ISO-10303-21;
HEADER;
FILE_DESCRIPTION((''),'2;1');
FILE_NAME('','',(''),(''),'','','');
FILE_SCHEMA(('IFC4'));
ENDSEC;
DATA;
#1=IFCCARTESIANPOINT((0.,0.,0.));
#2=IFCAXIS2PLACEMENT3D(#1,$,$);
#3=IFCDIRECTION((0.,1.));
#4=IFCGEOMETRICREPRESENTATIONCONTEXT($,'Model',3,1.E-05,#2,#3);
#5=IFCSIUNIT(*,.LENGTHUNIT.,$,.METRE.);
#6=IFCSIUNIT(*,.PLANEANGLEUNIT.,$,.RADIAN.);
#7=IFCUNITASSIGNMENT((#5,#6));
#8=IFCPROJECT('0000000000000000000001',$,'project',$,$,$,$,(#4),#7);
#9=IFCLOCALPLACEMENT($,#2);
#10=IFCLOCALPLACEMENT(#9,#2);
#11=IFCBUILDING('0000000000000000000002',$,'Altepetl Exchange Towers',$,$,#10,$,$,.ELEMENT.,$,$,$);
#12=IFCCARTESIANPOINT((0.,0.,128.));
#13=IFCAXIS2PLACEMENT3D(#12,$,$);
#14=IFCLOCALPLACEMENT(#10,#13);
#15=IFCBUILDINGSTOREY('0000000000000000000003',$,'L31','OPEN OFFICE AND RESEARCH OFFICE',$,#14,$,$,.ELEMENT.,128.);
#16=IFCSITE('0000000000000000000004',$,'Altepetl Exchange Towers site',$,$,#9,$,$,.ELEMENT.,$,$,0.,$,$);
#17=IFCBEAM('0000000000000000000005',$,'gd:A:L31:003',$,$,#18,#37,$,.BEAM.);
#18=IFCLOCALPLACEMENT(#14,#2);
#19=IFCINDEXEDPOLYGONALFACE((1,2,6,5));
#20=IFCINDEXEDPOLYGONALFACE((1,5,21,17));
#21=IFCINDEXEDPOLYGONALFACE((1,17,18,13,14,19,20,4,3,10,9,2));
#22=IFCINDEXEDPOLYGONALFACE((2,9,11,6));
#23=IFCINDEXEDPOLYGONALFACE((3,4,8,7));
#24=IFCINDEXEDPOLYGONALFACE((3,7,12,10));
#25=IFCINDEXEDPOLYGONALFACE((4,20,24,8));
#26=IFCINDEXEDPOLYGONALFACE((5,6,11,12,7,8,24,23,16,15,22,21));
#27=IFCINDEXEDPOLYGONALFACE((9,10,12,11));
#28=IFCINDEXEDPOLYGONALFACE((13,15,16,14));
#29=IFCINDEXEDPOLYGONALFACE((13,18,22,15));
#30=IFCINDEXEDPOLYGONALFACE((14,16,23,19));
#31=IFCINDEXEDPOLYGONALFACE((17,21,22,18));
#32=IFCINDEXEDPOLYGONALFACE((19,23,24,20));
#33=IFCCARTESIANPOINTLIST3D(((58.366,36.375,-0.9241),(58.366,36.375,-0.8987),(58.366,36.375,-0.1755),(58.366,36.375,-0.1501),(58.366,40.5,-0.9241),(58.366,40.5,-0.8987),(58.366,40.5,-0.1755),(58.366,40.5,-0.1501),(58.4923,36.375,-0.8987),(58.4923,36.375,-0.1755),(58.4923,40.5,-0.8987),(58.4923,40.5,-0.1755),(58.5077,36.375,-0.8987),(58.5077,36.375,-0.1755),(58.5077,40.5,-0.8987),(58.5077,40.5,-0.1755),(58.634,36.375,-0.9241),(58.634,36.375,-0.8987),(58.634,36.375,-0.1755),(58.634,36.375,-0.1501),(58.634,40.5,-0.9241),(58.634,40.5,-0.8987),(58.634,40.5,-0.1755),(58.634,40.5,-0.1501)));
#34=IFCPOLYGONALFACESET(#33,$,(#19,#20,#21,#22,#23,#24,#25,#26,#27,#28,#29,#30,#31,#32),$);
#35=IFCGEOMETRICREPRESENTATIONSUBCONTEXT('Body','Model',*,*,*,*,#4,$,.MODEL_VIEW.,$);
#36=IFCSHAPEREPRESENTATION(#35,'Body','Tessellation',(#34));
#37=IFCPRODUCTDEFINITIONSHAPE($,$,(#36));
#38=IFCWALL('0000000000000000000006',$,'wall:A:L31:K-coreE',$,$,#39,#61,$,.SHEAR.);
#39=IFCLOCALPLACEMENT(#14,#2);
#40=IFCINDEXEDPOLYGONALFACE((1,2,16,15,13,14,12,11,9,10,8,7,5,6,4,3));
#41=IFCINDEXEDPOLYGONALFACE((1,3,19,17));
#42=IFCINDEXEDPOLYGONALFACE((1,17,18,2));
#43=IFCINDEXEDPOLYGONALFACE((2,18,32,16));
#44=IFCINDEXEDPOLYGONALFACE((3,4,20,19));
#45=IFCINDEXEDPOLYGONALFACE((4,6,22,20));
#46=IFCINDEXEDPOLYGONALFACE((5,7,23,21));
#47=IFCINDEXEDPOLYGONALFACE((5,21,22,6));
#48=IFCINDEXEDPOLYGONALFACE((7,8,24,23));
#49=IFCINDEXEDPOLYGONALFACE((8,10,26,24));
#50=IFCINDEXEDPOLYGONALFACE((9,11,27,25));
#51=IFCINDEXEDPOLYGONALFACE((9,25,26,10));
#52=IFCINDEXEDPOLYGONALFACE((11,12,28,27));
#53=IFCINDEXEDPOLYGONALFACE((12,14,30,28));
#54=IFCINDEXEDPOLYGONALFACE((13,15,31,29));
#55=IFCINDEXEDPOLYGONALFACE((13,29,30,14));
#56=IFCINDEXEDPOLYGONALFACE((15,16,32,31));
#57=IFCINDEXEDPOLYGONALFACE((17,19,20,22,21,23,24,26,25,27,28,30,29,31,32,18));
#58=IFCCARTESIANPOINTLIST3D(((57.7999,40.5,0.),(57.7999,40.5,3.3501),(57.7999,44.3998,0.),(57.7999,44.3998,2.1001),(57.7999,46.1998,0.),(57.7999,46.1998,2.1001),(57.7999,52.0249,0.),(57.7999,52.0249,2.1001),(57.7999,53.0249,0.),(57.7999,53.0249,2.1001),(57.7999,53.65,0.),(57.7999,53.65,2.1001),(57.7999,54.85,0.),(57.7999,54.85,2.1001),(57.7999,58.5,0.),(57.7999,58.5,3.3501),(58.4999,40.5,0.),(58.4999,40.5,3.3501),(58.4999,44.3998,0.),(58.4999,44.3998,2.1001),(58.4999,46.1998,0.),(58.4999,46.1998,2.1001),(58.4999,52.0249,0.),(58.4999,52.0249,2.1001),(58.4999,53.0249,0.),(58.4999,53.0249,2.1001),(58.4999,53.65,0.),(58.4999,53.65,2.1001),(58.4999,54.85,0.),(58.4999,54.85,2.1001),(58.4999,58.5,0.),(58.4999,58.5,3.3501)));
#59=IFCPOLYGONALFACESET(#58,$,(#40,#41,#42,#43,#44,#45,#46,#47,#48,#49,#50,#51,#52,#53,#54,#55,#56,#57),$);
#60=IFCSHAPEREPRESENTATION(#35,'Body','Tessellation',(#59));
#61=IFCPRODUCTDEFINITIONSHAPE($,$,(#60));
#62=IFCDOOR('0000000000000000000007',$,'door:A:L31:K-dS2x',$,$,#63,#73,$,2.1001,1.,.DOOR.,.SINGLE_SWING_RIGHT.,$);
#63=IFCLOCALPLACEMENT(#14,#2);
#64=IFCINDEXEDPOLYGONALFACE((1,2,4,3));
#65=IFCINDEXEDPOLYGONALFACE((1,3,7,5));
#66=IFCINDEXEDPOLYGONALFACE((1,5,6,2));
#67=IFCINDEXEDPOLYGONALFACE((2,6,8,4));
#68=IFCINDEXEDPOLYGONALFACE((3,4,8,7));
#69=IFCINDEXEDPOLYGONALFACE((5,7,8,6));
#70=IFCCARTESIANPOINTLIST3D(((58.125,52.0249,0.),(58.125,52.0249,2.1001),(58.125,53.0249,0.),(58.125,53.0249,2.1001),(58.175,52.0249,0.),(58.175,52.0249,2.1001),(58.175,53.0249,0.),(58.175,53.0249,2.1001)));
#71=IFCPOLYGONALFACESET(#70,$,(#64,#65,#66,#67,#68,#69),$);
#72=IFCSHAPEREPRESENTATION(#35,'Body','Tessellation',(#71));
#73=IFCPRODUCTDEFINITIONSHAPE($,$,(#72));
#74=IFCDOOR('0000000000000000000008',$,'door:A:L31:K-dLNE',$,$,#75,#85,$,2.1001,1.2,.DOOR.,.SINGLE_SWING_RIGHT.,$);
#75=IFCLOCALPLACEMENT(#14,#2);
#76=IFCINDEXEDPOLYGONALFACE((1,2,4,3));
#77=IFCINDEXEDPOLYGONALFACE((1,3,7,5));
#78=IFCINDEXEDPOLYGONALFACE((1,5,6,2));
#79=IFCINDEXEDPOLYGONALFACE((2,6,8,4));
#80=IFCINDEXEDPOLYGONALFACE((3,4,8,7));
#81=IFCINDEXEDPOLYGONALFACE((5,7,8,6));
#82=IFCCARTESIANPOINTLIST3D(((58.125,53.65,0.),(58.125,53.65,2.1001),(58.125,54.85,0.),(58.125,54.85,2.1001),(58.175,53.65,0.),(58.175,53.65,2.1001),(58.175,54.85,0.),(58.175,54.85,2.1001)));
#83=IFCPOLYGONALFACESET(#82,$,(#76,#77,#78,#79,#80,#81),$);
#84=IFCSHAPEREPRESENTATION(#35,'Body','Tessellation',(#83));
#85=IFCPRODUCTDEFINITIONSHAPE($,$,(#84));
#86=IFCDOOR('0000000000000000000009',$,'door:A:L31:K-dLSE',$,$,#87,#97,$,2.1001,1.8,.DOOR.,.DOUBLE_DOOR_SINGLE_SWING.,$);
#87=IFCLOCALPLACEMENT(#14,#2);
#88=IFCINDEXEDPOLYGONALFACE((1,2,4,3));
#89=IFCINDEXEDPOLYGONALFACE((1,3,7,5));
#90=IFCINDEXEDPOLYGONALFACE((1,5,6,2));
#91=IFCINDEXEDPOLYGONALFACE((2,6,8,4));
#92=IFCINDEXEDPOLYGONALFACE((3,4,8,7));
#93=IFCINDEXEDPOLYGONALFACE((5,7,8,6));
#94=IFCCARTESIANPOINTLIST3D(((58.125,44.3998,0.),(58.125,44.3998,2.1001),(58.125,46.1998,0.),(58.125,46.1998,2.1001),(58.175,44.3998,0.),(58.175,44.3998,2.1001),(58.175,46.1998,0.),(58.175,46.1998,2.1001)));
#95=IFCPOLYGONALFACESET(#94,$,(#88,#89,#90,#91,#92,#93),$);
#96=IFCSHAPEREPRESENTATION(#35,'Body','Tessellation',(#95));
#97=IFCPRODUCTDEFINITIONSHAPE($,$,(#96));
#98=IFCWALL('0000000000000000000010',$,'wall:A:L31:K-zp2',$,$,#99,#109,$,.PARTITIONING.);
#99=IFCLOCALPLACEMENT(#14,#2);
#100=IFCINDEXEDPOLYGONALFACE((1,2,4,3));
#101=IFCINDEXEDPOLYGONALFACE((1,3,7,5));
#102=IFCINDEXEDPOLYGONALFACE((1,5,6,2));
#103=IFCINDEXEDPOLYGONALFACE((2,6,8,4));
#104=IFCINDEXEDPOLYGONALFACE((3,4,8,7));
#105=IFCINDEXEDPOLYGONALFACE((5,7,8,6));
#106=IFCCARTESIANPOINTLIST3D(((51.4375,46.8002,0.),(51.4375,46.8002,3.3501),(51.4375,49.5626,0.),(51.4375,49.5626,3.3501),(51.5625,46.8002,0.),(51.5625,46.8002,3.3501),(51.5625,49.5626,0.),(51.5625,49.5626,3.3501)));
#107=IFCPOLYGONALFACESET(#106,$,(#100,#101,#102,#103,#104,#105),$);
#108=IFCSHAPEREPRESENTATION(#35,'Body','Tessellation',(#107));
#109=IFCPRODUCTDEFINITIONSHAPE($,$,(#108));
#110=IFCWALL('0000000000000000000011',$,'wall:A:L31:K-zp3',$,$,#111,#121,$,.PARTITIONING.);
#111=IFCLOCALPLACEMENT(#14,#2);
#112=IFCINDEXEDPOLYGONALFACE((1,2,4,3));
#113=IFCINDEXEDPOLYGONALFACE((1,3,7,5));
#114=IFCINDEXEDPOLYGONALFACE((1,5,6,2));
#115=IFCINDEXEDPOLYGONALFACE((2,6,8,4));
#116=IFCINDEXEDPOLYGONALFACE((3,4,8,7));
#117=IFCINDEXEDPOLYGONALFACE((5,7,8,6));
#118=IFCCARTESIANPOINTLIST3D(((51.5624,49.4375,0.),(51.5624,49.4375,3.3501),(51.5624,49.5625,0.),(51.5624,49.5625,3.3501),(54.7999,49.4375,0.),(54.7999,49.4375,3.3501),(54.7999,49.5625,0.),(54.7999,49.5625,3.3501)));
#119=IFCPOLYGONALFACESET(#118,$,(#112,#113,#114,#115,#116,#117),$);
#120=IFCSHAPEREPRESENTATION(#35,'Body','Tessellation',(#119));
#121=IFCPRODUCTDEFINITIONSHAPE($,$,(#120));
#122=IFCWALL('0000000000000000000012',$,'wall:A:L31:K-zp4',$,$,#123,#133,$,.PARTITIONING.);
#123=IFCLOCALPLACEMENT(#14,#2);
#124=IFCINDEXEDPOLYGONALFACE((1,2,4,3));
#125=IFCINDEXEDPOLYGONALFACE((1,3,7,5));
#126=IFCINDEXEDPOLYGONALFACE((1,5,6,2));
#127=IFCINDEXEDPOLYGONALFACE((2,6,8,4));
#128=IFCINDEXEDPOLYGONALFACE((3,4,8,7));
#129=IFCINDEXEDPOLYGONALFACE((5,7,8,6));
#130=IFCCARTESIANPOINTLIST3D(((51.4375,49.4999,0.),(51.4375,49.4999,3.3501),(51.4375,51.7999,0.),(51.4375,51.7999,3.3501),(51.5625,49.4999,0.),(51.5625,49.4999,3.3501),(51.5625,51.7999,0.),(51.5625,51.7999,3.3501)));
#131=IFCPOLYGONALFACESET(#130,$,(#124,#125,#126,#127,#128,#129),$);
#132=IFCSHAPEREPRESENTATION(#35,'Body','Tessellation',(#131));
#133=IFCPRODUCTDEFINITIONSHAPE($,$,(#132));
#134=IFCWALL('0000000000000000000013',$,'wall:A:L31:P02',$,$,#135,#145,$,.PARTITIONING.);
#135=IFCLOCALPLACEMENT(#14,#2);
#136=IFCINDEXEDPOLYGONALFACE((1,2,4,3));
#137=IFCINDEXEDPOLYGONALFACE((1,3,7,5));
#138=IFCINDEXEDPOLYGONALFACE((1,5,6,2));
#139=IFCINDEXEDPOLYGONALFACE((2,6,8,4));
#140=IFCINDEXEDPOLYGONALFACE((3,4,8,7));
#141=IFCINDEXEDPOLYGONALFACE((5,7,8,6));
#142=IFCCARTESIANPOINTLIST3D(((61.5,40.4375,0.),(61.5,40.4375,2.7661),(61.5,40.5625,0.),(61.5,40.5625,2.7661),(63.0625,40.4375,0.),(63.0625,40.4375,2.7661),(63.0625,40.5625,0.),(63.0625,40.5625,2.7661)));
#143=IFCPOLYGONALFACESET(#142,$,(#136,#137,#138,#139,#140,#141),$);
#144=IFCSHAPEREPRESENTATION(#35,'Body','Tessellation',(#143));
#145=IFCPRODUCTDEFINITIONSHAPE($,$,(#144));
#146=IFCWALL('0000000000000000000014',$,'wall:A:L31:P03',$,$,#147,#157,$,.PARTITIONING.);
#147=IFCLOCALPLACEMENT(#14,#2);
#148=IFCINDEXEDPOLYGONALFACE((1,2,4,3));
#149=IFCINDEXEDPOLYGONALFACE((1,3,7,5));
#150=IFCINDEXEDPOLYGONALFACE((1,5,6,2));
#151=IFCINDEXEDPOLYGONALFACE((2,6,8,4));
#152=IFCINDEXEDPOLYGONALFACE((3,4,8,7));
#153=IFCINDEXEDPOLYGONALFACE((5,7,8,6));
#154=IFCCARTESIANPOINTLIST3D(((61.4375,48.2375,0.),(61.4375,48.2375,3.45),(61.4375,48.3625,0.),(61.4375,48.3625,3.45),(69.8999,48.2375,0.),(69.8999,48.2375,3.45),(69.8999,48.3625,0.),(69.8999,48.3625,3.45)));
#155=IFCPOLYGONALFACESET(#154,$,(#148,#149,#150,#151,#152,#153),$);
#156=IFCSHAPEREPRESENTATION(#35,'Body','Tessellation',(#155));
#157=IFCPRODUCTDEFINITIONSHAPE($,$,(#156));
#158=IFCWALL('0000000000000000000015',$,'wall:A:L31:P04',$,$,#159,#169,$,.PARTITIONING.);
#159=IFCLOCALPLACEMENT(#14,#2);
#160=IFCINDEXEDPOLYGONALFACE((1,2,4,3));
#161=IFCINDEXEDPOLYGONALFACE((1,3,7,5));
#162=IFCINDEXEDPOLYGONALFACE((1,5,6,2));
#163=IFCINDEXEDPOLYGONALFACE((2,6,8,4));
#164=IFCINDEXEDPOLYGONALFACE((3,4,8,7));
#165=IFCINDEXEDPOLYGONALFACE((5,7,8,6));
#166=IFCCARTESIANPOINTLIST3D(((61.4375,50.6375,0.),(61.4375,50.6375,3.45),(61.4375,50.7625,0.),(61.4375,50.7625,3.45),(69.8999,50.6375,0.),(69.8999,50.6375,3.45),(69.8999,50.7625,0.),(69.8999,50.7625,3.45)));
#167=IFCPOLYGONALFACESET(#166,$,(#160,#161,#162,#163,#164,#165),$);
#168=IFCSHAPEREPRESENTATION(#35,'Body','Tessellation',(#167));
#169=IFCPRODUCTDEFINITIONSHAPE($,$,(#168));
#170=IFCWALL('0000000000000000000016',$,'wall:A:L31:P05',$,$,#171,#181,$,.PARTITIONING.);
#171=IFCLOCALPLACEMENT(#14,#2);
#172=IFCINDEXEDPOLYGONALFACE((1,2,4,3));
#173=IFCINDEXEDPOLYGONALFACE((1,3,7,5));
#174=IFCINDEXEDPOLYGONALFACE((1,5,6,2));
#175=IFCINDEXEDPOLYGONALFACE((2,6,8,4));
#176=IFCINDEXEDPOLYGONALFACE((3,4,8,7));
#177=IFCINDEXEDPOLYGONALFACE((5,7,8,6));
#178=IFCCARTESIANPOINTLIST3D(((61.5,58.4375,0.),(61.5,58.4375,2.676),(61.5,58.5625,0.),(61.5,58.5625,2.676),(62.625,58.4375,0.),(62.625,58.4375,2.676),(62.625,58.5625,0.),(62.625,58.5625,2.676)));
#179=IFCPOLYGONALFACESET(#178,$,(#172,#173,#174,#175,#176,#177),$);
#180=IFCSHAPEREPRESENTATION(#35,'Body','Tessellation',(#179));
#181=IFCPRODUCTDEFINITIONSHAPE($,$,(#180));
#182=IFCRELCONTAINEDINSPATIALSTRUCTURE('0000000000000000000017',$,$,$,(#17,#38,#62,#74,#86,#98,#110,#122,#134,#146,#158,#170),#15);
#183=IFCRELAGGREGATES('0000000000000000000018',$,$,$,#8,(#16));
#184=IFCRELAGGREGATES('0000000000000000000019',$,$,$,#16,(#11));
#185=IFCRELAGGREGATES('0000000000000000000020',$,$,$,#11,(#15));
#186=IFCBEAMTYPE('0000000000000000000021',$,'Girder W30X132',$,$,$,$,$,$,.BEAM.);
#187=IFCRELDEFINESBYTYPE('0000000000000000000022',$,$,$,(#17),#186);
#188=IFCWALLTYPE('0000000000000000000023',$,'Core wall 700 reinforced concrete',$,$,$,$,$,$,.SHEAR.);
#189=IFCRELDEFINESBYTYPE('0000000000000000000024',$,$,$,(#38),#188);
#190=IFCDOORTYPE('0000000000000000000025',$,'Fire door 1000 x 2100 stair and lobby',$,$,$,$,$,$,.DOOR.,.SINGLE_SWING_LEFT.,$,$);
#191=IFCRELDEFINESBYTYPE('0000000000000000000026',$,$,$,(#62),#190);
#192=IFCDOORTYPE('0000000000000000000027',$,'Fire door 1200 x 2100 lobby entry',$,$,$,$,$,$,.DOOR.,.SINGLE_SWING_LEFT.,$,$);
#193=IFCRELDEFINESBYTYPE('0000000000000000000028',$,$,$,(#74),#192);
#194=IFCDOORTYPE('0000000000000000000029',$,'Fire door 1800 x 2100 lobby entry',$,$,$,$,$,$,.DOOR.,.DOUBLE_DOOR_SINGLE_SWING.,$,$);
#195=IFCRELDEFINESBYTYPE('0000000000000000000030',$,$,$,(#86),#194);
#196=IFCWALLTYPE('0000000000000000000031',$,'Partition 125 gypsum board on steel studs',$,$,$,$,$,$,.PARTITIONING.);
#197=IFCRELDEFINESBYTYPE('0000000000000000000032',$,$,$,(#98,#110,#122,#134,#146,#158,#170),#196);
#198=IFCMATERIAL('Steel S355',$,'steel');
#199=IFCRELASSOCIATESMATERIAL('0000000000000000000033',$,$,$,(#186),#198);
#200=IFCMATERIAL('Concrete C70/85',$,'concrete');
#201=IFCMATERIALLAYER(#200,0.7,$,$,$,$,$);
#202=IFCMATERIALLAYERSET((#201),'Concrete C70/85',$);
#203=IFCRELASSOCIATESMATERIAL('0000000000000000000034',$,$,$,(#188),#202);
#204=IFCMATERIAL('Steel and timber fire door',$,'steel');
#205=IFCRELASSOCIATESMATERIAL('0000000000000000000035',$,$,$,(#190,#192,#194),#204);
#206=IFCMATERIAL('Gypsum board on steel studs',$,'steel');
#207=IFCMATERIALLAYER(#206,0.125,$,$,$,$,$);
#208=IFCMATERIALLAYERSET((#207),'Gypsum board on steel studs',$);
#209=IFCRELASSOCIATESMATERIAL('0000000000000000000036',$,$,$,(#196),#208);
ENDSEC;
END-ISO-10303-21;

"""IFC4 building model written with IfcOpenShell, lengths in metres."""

from ifc_helpers import new_model, si_unit, direction, frame, frame_2d, origin, origin_2d, place, context, subcontext, project, spatial, rectangle, i_section, extrude, material, layer, layer_set, material_profile, profile_set, type_object, element, fill, save


model = new_model("IFC4")

# Units and contexts
model_context = context("Model", 3, precision=1e-05, world=origin(), true_north=direction((0.0, 1.0)))
body_context = subcontext(model_context, "Body", "Model", "MODEL_VIEW")
ifc_project = project(units=[si_unit("LENGTHUNIT", "METRE"), si_unit("PLANEANGLEUNIT", "RADIAN")], contexts=[model_context])

# Site, building, storey
site_placement = place(None, origin())
site = spatial("IfcSite", under=ifc_project, at=site_placement, Name="Altepetl Exchange Towers site", CompositionType="ELEMENT", RefElevation=0.0)
building_placement = place(site_placement, origin())
building = spatial("IfcBuilding", under=site, at=building_placement, Name="Altepetl Exchange Towers", CompositionType="ELEMENT")
storey_placement = place(building_placement, frame((0.0, 0.0, 128.0)))
storey = spatial("IfcBuildingStorey", under=building, at=storey_placement, Name="L31", Description="OPEN OFFICE AND RESEARCH OFFICE", CompositionType="ELEMENT", Elevation=128.0)

# Shared definitions
ifc_material_1 = material(Name="Concrete C70/85", Category="concrete")

# Beam
ifc_material_2 = material(Name="Steel S355", Category="steel")
ifc_material_profile_1 = material_profile(ifc_material_2, i_section(OverallWidth=0.2681, OverallDepth=0.7739, WebThickness=0.0154, FlangeThickness=0.0254, at=origin_2d()), Name="W30X132")
ifc_profile_set_1 = profile_set([ifc_material_profile_1], Name="Steel S355")
beam_type_1 = type_object("IfcBeamType", Name="Girder W30X132", PredefinedType="BEAM", material=ifc_profile_set_1)
beam_1_placement = place(storey_placement, frame((58.5, 40.5, -0.5371), z_axis=(0.0, -1.0, 0.0), x_axis=(1.0, 0.0, 0.0)))
element("IfcBeam", 1, at=beam_1_placement, inside=storey, type_object=beam_type_1, Name="gd:A:L31:003", PredefinedType="BEAM", context=body_context, shape_type="SweptSolid", body=[
    extrude(i_section(OverallWidth=0.2681, OverallDepth=0.7739, WebThickness=0.0154, FlangeThickness=0.0254, at=origin_2d()), origin(), (0.0, 0.0, 1.0), 4.125),
])

# Wall, openings, doors
ifc_layer_1 = layer(ifc_material_1, 0.7)
ifc_layer_set_1 = layer_set([ifc_layer_1], Name="Concrete C70/85")
wall_type_1 = type_object("IfcWallType", Name="Core wall 700 reinforced concrete", PredefinedType="SHEAR", material=ifc_layer_set_1)
wall_1_placement = place(storey_placement, frame((58.1499, 40.5, 0.0), z_axis=(0.0, 0.0, 1.0), x_axis=(0.0, 1.0, 0.0)))
wall_1 = element("IfcWall", 2, at=wall_1_placement, inside=storey, type_object=wall_type_1, Name="wall:A:L31:K-coreE", PredefinedType="SHEAR", context=body_context, shape_type="SweptSolid", body=[
    extrude(rectangle(XDim=18.0, YDim=0.7, at=frame_2d((9.0, 0.0))), origin(), (0.0, 0.0, 1.0), 3.3501),
])
opening_1_placement = place(wall_1_placement, frame((13.1499, 0.0, 0.0)))
opening_1 = element("IfcOpeningElement", 3, at=opening_1_placement, cuts=wall_1, PredefinedType="OPENING", context=body_context, shape_type="SweptSolid", body=[
    extrude(rectangle(XDim=1.2, YDim=2.1001, at=frame_2d((0.6001, 1.05))), frame((0.0, 0.3599, 0.0), z_axis=(0.0, -1.0, 0.0), x_axis=(1.0, 0.0, 0.0)), (0.0, 0.0, 1.0), 0.72),
])
opening_2_placement = place(wall_1_placement, frame((3.8999, 0.0, 0.0)))
opening_2 = element("IfcOpeningElement", 4, at=opening_2_placement, cuts=wall_1, PredefinedType="OPENING", context=body_context, shape_type="SweptSolid", body=[
    extrude(rectangle(XDim=1.8, YDim=2.1001, at=frame_2d((0.8999, 1.05))), frame((0.0, 0.3599, 0.0), z_axis=(0.0, -1.0, 0.0), x_axis=(1.0, 0.0, 0.0)), (0.0, 0.0, 1.0), 0.72),
])
opening_3_placement = place(wall_1_placement, frame((11.5249, 0.0, 0.0)))
opening_3 = element("IfcOpeningElement", 5, at=opening_3_placement, cuts=wall_1, PredefinedType="OPENING", context=body_context, shape_type="SweptSolid", body=[
    extrude(rectangle(XDim=1.0, YDim=2.1001, at=frame_2d((0.5, 1.05))), frame((0.0, 0.3599, 0.0), z_axis=(0.0, -1.0, 0.0), x_axis=(1.0, 0.0, 0.0)), (0.0, 0.0, 1.0), 0.72),
])
ifc_material_3 = material(Name="Steel and timber fire door", Category="steel")
door_type_1 = type_object("IfcDoorType", Name="Fire door 1000 x 2100 stair and lobby", OperationType="SINGLE_SWING_LEFT", PredefinedType="DOOR", material=ifc_material_3)
door_1_placement = place(opening_3_placement, origin())
door_1 = element("IfcDoor", 6, at=door_1_placement, inside=storey, type_object=door_type_1, Name="door:A:L31:K-dS2x", OperationType="SINGLE_SWING_RIGHT", OverallHeight=2.1001, OverallWidth=1.0, PredefinedType="DOOR", context=body_context, shape_type="SweptSolid", body=[
    extrude(rectangle(XDim=1.0, YDim=2.1001, at=frame_2d((0.5, 1.05))), frame((0.0, 0.0249, 0.0), z_axis=(0.0, -1.0, 0.0), x_axis=(1.0, 0.0, 0.0)), (0.0, 0.0, 1.0), 0.05),
])
fill(opening_3, door_1)
door_type_2 = type_object("IfcDoorType", Name="Fire door 1200 x 2100 lobby entry", OperationType="SINGLE_SWING_LEFT", PredefinedType="DOOR", material=ifc_material_3)
door_2_placement = place(opening_1_placement, origin())
door_2 = element("IfcDoor", 7, at=door_2_placement, inside=storey, type_object=door_type_2, Name="door:A:L31:K-dLNE", OperationType="SINGLE_SWING_RIGHT", OverallHeight=2.1001, OverallWidth=1.2, PredefinedType="DOOR", context=body_context, shape_type="SweptSolid", body=[
    extrude(rectangle(XDim=1.2, YDim=2.1001, at=frame_2d((0.6001, 1.05))), frame((0.0, 0.0249, 0.0), z_axis=(0.0, -1.0, 0.0), x_axis=(1.0, 0.0, 0.0)), (0.0, 0.0, 1.0), 0.05),
])
fill(opening_1, door_2)
door_type_3 = type_object("IfcDoorType", Name="Fire door 1800 x 2100 lobby entry", OperationType="DOUBLE_DOOR_SINGLE_SWING", PredefinedType="DOOR", material=ifc_material_3)
door_3_placement = place(opening_2_placement, origin())
door_3 = element("IfcDoor", 8, at=door_3_placement, inside=storey, type_object=door_type_3, Name="door:A:L31:K-dLSE", OperationType="DOUBLE_DOOR_SINGLE_SWING", OverallHeight=2.1001, OverallWidth=1.8, PredefinedType="DOOR", context=body_context, shape_type="SweptSolid", body=[
    extrude(rectangle(XDim=1.8, YDim=2.1001, at=frame_2d((0.8999, 1.05))), frame((0.0, 0.0249, 0.0), z_axis=(0.0, -1.0, 0.0), x_axis=(1.0, 0.0, 0.0)), (0.0, 0.0, 1.0), 0.05),
])
fill(opening_2, door_3)

# Walls
ifc_material_4 = material(Name="Gypsum board on steel studs", Category="steel")
ifc_layer_2 = layer(ifc_material_4, 0.125)
ifc_layer_set_2 = layer_set([ifc_layer_2], Name="Gypsum board on steel studs")
wall_type_2 = type_object("IfcWallType", Name="Partition 125 gypsum board on steel studs", PredefinedType="PARTITIONING", material=ifc_layer_set_2)
wall_2_placement = place(storey_placement, frame((51.5, 46.8, 0.0), z_axis=(0.0, 0.0, 1.0), x_axis=(0.0, 1.0, 0.0)))
element("IfcWall", 9, at=wall_2_placement, inside=storey, type_object=wall_type_2, Name="wall:A:L31:K-zp2", PredefinedType="PARTITIONING", context=body_context, shape_type="SweptSolid", body=[
    extrude(rectangle(XDim=2.7625, YDim=0.125, at=frame_2d((1.3813, 0.0))), origin(), (0.0, 0.0, 1.0), 3.3501),
])
wall_3_placement = place(storey_placement, frame((51.5625, 49.5, 0.0)))
element("IfcWall", 10, at=wall_3_placement, inside=storey, type_object=wall_type_2, Name="wall:A:L31:K-zp3", PredefinedType="PARTITIONING", context=body_context, shape_type="SweptSolid", body=[
    extrude(rectangle(XDim=3.2375, YDim=0.125, at=frame_2d((1.6187, 0.0))), origin(), (0.0, 0.0, 1.0), 3.3501),
])
wall_4_placement = place(storey_placement, frame((51.5, 49.5, 0.0), z_axis=(0.0, 0.0, 1.0), x_axis=(0.0, 1.0, 0.0)))
element("IfcWall", 11, at=wall_4_placement, inside=storey, type_object=wall_type_2, Name="wall:A:L31:K-zp4", PredefinedType="PARTITIONING", context=body_context, shape_type="SweptSolid", body=[
    extrude(rectangle(XDim=2.3, YDim=0.125, at=frame_2d((1.1499, 0.0))), origin(), (0.0, 0.0, 1.0), 3.3501),
])
wall_5_placement = place(storey_placement, frame((61.5, 40.5, 0.0)))
element("IfcWall", 12, at=wall_5_placement, inside=storey, type_object=wall_type_2, Name="wall:A:L31:P02", PredefinedType="PARTITIONING", context=body_context, shape_type="SweptSolid", body=[
    extrude(rectangle(XDim=1.5625, YDim=0.125, at=frame_2d((0.7812, 0.0))), origin(), (0.0, 0.0, 1.0), 2.7661),
])
for number, where, name in (
    (13, (61.4375, 48.3, 0.0), "wall:A:L31:P03"),
    (14, (61.4375, 50.7, 0.0), "wall:A:L31:P04"),
):
    element("IfcWall", number, at=place(storey_placement, frame(where)), inside=storey, type_object=wall_type_2, Name=name, PredefinedType="PARTITIONING", context=body_context, shape_type="SweptSolid", body=[
        extrude(rectangle(XDim=8.4624, YDim=0.125, at=frame_2d((4.2312, 0.0))), origin(), (0.0, 0.0, 1.0), 3.45),
    ])
wall_6_placement = place(storey_placement, frame((61.5, 58.5, 0.0)))
element("IfcWall", 15, at=wall_6_placement, inside=storey, type_object=wall_type_2, Name="wall:A:L31:P05", PredefinedType="PARTITIONING", context=body_context, shape_type="SweptSolid", body=[
    extrude(rectangle(XDim=1.125, YDim=0.125, at=frame_2d((0.5625, 0.0))), origin(), (0.0, 0.0, 1.0), 2.676),
])

save(model, "model.ifc")
